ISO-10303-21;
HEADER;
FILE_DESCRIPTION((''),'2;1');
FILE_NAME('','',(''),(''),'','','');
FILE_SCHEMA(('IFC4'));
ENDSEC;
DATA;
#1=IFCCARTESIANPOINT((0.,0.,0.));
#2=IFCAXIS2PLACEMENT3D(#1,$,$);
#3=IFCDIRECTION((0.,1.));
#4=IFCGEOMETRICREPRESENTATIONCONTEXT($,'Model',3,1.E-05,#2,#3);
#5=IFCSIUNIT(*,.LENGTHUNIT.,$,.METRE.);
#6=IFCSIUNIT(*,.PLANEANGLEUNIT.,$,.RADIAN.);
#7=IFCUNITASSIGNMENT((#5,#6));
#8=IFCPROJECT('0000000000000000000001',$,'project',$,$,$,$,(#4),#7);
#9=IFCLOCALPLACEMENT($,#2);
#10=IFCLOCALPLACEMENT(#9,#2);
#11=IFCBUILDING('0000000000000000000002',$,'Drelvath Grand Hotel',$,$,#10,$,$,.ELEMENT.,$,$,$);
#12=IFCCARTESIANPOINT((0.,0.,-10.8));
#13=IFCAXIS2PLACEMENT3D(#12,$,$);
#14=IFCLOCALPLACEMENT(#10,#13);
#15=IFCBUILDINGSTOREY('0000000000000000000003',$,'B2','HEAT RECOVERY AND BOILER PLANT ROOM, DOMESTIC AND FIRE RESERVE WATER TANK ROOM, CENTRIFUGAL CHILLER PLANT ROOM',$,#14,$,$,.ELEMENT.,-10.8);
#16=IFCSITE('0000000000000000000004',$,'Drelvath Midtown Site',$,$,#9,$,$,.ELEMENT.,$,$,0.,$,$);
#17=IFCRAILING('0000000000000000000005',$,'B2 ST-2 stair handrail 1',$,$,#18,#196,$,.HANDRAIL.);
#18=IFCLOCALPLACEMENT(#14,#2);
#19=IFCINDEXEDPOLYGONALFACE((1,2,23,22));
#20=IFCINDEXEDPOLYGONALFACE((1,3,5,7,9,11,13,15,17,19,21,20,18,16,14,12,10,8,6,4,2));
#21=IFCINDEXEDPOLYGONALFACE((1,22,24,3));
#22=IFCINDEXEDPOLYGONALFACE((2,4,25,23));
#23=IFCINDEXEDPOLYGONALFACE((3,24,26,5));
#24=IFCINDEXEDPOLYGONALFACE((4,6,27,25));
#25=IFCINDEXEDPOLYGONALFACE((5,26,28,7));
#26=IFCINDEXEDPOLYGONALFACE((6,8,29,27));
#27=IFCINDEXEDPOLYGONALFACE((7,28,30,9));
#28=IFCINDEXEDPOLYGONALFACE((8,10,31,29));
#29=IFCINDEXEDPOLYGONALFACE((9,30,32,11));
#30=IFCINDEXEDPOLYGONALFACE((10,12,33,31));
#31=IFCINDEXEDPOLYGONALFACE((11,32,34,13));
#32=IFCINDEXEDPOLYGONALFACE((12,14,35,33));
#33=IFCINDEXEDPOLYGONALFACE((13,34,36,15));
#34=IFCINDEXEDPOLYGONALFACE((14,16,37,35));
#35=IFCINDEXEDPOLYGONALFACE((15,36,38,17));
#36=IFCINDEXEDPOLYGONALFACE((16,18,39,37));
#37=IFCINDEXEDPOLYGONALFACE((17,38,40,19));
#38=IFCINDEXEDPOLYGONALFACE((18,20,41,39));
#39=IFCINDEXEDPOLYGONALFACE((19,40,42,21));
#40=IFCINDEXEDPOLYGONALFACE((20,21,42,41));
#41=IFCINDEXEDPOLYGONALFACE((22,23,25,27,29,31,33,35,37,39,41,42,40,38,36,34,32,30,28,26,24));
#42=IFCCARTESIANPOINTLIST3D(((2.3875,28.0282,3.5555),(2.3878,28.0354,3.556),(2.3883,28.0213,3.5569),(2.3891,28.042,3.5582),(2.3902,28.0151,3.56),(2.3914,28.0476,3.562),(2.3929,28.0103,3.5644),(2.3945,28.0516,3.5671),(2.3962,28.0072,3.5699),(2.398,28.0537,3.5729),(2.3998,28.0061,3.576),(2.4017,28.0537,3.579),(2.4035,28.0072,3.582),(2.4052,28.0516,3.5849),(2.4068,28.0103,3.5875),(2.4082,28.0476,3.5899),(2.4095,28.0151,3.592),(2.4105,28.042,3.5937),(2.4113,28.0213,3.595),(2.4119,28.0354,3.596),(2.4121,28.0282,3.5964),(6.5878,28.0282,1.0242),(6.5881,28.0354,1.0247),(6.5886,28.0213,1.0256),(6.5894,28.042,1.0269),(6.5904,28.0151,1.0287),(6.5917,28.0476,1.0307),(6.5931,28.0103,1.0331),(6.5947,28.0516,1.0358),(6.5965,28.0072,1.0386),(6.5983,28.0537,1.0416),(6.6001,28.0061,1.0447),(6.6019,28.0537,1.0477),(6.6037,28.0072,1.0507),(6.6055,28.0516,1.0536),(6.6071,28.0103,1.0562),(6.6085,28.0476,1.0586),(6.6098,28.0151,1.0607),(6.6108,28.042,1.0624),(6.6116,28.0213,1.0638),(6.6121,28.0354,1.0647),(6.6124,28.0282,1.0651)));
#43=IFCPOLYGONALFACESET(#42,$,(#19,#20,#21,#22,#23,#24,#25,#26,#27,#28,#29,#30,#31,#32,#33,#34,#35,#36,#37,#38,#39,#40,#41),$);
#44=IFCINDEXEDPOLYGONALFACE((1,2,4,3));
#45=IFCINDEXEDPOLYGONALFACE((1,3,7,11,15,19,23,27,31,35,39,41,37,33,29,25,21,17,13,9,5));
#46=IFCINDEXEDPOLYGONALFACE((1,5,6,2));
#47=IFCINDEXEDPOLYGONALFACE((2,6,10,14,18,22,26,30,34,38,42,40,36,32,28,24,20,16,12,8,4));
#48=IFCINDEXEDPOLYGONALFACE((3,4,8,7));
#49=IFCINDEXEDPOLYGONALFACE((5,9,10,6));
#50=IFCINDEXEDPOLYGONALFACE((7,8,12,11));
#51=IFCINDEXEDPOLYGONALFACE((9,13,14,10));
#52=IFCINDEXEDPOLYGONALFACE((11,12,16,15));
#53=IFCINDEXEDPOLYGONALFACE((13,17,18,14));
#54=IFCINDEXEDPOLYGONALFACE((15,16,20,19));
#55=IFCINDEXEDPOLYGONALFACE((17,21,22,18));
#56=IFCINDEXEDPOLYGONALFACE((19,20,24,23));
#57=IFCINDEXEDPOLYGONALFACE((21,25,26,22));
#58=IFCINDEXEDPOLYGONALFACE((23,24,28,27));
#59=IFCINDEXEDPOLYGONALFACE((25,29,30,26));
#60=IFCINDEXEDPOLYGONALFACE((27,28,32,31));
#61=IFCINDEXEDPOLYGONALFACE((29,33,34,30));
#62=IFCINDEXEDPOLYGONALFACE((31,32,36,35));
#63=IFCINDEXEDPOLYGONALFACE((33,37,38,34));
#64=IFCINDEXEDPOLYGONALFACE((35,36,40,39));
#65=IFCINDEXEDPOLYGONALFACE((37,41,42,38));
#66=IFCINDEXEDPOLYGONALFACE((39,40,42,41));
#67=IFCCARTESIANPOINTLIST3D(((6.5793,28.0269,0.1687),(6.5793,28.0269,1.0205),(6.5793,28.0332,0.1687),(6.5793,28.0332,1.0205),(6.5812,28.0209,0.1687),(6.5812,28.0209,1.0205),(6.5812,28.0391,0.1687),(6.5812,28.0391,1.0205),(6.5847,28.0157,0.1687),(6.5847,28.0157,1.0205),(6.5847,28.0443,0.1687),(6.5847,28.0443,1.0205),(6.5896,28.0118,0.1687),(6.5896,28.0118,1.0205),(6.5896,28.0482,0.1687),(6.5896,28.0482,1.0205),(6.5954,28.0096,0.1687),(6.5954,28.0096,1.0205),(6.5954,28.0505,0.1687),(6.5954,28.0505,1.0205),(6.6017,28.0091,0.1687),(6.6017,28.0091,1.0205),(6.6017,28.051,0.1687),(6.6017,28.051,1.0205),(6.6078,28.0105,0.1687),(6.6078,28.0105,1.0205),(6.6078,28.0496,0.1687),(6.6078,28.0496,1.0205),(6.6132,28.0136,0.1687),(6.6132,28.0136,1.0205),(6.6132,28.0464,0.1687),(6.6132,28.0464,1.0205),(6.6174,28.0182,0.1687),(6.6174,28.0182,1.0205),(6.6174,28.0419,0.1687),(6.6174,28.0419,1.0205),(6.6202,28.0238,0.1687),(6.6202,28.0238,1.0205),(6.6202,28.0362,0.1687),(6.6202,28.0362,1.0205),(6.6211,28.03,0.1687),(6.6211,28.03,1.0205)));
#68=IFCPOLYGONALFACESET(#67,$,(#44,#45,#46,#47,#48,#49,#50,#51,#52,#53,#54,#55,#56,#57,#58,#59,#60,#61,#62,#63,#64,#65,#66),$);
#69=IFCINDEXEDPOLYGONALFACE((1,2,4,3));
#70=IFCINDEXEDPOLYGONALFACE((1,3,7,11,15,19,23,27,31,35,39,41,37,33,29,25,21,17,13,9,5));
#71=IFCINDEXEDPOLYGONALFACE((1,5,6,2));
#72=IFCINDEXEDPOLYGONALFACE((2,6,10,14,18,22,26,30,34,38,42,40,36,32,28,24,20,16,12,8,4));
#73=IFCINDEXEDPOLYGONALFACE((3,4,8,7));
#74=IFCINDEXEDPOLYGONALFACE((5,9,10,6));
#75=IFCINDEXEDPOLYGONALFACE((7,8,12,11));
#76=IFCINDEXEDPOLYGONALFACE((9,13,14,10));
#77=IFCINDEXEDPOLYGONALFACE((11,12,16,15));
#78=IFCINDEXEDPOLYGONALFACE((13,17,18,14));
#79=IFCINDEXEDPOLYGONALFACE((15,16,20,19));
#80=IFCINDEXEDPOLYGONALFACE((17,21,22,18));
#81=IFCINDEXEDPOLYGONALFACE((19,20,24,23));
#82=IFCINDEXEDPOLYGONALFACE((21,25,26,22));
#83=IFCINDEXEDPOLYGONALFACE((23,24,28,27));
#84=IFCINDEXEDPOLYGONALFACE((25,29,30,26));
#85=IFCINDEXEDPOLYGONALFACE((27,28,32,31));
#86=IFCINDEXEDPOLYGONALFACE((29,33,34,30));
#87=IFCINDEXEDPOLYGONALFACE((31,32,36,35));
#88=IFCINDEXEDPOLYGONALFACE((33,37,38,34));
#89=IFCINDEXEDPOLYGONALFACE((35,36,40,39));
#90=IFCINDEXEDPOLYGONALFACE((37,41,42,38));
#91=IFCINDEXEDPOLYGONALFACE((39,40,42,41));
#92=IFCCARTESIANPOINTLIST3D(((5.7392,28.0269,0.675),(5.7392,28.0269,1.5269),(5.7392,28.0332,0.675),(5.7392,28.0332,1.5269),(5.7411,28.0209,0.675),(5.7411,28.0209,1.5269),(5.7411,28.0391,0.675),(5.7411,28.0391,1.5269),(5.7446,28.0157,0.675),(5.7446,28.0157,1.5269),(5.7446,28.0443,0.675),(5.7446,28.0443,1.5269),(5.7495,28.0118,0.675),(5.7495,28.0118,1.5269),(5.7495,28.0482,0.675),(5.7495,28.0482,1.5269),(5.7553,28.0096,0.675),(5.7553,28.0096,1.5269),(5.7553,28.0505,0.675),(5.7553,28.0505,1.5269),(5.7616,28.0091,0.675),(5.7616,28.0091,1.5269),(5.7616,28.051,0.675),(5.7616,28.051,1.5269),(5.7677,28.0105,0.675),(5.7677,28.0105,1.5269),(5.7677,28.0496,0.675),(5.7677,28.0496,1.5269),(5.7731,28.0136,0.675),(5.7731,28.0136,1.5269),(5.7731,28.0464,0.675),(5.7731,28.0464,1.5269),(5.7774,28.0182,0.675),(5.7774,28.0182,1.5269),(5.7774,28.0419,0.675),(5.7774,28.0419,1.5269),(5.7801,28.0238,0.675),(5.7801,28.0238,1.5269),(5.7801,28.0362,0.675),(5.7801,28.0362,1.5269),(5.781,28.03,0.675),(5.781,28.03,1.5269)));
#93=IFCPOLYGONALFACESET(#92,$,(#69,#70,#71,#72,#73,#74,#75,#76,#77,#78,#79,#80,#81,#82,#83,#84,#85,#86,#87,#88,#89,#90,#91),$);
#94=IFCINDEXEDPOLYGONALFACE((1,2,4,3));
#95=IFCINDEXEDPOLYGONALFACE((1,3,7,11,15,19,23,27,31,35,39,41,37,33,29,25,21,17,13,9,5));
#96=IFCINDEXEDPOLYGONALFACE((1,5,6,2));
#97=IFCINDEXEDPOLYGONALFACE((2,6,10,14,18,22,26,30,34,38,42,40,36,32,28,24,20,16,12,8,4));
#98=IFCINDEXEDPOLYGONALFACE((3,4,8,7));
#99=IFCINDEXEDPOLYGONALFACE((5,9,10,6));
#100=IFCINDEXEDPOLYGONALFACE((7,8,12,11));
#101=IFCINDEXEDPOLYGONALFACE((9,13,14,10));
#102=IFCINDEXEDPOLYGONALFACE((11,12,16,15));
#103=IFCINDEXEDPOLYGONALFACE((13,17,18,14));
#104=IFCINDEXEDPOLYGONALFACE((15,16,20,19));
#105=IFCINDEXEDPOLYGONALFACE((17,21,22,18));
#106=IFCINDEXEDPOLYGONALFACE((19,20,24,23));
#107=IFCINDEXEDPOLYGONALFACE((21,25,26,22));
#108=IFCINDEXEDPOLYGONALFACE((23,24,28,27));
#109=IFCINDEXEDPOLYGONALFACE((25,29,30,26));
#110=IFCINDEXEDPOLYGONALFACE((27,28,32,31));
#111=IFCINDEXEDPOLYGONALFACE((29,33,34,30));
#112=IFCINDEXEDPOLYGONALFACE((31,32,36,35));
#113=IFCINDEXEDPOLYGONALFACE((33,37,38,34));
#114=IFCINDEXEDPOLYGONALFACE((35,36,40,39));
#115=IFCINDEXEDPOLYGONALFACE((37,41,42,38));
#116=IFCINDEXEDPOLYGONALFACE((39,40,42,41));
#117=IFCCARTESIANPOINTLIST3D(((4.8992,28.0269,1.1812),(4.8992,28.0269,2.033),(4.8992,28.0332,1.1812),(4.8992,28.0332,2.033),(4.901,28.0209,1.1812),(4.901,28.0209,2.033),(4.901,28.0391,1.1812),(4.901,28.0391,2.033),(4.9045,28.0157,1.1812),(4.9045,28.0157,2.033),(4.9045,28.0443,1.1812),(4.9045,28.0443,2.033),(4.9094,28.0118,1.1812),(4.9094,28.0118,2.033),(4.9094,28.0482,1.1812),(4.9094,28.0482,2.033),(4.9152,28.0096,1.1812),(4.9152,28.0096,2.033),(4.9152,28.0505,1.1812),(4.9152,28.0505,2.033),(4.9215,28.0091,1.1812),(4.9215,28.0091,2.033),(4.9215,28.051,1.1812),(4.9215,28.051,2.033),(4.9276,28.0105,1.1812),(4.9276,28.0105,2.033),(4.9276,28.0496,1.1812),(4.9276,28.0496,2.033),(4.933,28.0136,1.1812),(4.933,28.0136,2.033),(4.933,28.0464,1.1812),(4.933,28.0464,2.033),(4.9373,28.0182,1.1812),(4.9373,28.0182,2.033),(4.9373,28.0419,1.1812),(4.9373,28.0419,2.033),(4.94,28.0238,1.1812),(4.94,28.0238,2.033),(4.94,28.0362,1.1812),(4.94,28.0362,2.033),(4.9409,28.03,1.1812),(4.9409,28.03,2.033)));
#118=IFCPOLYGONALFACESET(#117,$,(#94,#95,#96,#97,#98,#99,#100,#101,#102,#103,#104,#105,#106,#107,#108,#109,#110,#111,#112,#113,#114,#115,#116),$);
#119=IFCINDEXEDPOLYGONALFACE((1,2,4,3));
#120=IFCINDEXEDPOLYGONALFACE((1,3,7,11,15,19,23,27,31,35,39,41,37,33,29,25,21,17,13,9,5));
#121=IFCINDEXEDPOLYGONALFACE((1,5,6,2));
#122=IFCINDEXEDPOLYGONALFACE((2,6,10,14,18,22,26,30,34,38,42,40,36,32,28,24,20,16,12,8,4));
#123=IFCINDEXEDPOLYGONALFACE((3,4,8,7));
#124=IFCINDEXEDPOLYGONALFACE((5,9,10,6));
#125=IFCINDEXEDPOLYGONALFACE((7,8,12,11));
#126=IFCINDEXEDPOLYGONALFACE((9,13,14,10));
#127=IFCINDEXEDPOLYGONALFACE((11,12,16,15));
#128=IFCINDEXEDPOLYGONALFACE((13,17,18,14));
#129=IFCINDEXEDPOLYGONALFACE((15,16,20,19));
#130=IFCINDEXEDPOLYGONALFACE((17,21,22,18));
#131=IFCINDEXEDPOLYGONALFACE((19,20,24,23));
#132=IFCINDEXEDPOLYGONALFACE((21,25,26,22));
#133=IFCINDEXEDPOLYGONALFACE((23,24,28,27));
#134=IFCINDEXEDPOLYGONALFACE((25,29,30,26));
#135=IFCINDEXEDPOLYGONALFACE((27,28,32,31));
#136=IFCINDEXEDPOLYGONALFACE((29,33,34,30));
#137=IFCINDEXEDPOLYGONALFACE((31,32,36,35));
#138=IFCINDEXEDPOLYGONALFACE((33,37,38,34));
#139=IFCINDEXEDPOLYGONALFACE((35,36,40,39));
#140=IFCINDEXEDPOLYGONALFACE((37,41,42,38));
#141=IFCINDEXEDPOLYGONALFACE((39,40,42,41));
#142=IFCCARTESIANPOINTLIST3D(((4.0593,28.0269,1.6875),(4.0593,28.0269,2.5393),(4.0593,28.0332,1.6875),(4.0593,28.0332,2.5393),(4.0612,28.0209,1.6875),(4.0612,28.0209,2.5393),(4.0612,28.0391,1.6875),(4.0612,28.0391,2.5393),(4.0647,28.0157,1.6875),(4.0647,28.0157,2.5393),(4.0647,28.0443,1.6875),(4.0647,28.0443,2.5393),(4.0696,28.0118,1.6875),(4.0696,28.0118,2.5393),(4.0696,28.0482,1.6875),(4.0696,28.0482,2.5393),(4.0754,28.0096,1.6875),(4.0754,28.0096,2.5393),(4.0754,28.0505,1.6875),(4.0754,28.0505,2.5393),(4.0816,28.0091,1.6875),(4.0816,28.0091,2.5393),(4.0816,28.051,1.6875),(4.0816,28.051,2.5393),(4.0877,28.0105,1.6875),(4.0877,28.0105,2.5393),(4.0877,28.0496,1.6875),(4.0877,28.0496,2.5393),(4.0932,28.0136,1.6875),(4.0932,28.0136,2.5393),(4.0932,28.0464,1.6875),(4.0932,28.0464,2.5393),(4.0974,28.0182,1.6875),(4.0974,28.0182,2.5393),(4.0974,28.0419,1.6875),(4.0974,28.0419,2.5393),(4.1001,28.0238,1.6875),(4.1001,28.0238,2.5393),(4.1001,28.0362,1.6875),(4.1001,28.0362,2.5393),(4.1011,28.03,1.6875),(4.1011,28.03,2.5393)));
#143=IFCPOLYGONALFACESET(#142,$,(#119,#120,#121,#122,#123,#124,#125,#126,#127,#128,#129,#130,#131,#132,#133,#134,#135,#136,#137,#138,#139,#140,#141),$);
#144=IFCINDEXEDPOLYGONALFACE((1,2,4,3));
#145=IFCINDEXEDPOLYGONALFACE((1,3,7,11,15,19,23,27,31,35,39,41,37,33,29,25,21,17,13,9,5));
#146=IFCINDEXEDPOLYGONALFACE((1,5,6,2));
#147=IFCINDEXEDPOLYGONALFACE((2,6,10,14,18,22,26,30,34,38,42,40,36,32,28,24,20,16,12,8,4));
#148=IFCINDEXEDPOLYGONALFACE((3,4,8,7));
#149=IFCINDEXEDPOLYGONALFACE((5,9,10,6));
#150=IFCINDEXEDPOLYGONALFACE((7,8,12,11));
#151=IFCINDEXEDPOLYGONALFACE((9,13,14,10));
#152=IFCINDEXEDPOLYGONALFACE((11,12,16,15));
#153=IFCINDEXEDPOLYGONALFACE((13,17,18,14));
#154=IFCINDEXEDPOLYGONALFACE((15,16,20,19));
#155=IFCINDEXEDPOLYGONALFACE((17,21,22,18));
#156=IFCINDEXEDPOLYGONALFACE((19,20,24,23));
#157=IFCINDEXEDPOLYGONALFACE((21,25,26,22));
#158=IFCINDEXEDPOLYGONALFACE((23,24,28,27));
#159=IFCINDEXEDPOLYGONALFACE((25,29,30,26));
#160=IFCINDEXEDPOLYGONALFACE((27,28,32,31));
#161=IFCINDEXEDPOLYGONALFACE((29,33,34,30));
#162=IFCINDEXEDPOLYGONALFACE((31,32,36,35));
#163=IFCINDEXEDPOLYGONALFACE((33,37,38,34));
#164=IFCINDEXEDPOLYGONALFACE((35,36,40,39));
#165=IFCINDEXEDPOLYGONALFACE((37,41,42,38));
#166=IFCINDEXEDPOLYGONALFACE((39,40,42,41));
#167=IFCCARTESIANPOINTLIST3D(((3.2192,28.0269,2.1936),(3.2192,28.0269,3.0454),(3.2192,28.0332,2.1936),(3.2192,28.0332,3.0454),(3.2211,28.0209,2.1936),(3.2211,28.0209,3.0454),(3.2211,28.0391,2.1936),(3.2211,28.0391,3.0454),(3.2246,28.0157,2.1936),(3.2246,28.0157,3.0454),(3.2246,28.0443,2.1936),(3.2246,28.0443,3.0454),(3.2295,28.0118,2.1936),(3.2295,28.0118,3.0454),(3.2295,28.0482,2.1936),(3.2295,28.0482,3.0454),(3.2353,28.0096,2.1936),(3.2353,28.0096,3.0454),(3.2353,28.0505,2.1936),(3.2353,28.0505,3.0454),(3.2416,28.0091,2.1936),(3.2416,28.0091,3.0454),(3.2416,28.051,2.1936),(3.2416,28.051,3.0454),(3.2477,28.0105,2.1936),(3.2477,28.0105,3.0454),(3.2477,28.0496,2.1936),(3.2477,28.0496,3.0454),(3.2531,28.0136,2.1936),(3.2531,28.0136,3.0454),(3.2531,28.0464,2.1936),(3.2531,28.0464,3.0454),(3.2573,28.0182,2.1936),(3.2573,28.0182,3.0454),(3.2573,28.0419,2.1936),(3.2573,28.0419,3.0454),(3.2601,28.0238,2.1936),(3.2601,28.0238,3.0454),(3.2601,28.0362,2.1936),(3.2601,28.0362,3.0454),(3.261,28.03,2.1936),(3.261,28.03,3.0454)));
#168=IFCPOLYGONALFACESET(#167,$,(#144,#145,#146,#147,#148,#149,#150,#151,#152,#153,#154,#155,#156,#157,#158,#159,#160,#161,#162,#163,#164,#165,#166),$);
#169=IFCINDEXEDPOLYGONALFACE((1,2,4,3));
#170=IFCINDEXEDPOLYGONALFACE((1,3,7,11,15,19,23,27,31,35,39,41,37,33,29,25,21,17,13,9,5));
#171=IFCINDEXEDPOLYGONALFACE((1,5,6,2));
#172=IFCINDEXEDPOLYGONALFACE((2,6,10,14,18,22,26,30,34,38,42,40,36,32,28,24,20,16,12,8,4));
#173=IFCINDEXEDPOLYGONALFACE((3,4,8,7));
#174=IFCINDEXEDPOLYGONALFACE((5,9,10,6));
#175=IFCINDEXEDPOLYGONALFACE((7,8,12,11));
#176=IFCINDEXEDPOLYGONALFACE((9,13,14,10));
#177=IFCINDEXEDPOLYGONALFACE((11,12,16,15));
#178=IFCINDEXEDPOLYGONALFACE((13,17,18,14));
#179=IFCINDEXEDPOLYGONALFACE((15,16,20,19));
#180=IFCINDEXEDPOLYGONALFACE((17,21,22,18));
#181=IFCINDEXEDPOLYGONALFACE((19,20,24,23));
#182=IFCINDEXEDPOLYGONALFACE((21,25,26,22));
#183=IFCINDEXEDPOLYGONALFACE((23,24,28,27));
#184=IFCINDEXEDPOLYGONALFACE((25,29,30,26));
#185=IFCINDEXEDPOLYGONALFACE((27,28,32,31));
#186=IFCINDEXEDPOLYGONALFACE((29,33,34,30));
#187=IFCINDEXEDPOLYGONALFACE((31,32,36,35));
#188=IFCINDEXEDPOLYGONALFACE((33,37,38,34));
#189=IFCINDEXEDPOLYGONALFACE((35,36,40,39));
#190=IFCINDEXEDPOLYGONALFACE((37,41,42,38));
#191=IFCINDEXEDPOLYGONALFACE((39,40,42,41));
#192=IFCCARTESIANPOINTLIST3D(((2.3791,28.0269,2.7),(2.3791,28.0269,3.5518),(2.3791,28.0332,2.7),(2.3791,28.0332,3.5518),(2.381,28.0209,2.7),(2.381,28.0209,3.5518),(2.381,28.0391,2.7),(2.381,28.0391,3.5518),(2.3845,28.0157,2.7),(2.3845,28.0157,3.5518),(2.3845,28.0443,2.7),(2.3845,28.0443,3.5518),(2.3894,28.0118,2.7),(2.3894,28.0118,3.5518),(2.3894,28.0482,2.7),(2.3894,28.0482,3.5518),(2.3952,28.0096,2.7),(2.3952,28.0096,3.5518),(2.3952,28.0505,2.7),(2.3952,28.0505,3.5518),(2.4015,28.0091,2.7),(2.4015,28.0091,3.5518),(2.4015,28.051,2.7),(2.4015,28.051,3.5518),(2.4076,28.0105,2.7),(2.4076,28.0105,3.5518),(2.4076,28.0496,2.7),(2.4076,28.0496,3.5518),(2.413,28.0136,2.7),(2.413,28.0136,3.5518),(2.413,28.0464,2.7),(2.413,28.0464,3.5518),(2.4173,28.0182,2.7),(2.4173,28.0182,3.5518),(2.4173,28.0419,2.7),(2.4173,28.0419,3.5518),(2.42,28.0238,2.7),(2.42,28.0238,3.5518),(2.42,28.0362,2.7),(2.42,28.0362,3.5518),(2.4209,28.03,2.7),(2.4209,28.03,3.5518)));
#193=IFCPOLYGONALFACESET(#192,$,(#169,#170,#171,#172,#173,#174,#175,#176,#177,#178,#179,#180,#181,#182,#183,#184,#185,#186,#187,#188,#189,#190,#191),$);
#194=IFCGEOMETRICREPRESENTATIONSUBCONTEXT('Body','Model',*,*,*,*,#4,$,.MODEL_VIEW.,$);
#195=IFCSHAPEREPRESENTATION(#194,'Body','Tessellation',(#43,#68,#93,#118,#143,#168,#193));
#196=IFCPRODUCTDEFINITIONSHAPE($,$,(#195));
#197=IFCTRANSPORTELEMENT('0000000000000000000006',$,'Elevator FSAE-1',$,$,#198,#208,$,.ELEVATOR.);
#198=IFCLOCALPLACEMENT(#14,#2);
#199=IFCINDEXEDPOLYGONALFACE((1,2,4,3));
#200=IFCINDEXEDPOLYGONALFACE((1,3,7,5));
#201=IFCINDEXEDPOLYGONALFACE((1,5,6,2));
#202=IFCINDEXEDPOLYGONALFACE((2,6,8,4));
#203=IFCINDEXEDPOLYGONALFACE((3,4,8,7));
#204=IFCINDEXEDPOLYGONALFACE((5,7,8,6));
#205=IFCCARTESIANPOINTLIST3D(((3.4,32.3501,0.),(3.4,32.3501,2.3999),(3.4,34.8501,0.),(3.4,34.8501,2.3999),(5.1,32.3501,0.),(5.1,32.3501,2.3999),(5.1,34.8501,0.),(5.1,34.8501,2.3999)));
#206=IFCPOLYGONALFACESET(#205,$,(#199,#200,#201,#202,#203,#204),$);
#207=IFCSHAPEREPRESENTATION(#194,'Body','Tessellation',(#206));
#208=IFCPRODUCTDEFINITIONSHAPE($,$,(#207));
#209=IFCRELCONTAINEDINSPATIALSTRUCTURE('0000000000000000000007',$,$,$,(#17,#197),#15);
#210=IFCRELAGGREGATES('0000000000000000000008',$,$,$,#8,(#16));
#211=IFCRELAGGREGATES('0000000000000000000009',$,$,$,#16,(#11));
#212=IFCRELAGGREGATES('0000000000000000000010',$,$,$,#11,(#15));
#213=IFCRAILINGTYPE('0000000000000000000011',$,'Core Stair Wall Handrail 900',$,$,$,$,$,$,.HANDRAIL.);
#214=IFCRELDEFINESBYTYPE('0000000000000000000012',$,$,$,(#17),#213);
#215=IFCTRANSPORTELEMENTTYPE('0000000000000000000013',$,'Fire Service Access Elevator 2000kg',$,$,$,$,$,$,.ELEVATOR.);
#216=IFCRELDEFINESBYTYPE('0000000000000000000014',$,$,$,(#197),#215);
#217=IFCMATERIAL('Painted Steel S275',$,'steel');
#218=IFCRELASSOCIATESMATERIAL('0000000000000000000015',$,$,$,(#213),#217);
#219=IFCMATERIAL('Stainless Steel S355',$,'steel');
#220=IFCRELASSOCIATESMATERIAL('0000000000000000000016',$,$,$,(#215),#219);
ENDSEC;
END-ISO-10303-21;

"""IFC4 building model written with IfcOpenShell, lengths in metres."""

from ifc_helpers import new_model, si_unit, direction, frame, origin, origin_2d, place, context, subcontext, project, spatial, rectangle, circle, extrude, material, type_object, element, save


model = new_model("IFC4")

# Units and contexts
model_context = context("Model", 3, precision=1e-05, world=origin(), true_north=direction((0.0, 1.0)))
body_context = subcontext(model_context, "Body", "Model", "MODEL_VIEW")
ifc_project = project(units=[si_unit("LENGTHUNIT", "METRE"), si_unit("PLANEANGLEUNIT", "RADIAN")], contexts=[model_context])

# Site, building, storey
site_placement = place(None, origin())
site = spatial("IfcSite", under=ifc_project, at=site_placement, Name="Drelvath Midtown Site", CompositionType="ELEMENT", RefElevation=0.0)
building_placement = place(site_placement, origin())
building = spatial("IfcBuilding", under=site, at=building_placement, Name="Drelvath Grand Hotel", CompositionType="ELEMENT")
storey_placement = place(building_placement, frame((0.0, 0.0, -10.8)))
storey = spatial("IfcBuildingStorey", under=building, at=storey_placement, Name="B2", Description="HEAT RECOVERY AND BOILER PLANT ROOM, DOMESTIC AND FIRE RESERVE WATER TANK ROOM, CENTRIFUGAL CHILLER PLANT ROOM", CompositionType="ELEMENT", Elevation=-10.8)

# Shared definitions
ifc_material_1 = material(Name="Stainless Steel S355", Category="steel")

# Shared definitions
ifc_material_2 = material(Name="Painted Steel S275", Category="steel")

# Railing
railing_type = type_object("IfcRailingType", Name="Core Stair Wall Handrail 900", PredefinedType="HANDRAIL", material=ifc_material_2)
railing_placement = place(storey_placement, frame((6.6001, 28.03, 0.1687)))
element("IfcRailing", 1, at=railing_placement, inside=storey, type_object=railing_type, Name="B2 ST-2 stair handrail 1", PredefinedType="HANDRAIL", context=body_context, shape_type="SweptSolid", body=[
    extrude(circle(Radius=0.0239, at=origin_2d()), frame((0.0, 0.0, 0.876), z_axis=(-0.85649, 0.0, 0.516164), x_axis=(0.0, -1.0, 0.0)), (0.0, 0.0, 1.0), 4.9041),
    extrude(circle(Radius=0.021, at=origin_2d()), origin(), (0.0, 0.0, 1.0), 0.8518),
    extrude(circle(Radius=0.021, at=origin_2d()), frame((-0.8401, 0.0, 0.5063)), (0.0, 0.0, 1.0), 0.8518),
    extrude(circle(Radius=0.021, at=origin_2d()), frame((-1.6802, 0.0, 1.0125)), (0.0, 0.0, 1.0), 0.8518),
    extrude(circle(Radius=0.021, at=origin_2d()), frame((-2.52, 0.0, 1.5188)), (0.0, 0.0, 1.0), 0.8518),
    extrude(circle(Radius=0.021, at=origin_2d()), frame((-3.3601, 0.0, 2.0249)), (0.0, 0.0, 1.0), 0.8518),
    extrude(circle(Radius=0.021, at=origin_2d()), frame((-4.2002, 0.0, 2.5312)), (0.0, 0.0, 1.0), 0.8518),
])

# Transport element
transport_element_type_1 = type_object("IfcTransportElementType", Name="Fire Service Access Elevator 2000kg", PredefinedType="ELEVATOR", material=ifc_material_1)
for number, where, z_axis, x_axis, name in (
    (2, (4.25, 33.6001, 0.0), (0.0, 0.0, 1.0), (1.0, 0.0, 0.0), "Elevator FSAE-1"),
):
    element("IfcTransportElement", number, at=place(storey_placement, frame(where, z_axis=z_axis, x_axis=x_axis)), inside=storey, type_object=transport_element_type_1, Name=name, PredefinedType="ELEVATOR", context=body_context, shape_type="SweptSolid", body=[
        extrude(rectangle(XDim=1.7, YDim=2.5, at=origin_2d()), origin(), (0.0, 0.0, 1.0), 2.3999),
    ])

save(model, "model.ifc")
